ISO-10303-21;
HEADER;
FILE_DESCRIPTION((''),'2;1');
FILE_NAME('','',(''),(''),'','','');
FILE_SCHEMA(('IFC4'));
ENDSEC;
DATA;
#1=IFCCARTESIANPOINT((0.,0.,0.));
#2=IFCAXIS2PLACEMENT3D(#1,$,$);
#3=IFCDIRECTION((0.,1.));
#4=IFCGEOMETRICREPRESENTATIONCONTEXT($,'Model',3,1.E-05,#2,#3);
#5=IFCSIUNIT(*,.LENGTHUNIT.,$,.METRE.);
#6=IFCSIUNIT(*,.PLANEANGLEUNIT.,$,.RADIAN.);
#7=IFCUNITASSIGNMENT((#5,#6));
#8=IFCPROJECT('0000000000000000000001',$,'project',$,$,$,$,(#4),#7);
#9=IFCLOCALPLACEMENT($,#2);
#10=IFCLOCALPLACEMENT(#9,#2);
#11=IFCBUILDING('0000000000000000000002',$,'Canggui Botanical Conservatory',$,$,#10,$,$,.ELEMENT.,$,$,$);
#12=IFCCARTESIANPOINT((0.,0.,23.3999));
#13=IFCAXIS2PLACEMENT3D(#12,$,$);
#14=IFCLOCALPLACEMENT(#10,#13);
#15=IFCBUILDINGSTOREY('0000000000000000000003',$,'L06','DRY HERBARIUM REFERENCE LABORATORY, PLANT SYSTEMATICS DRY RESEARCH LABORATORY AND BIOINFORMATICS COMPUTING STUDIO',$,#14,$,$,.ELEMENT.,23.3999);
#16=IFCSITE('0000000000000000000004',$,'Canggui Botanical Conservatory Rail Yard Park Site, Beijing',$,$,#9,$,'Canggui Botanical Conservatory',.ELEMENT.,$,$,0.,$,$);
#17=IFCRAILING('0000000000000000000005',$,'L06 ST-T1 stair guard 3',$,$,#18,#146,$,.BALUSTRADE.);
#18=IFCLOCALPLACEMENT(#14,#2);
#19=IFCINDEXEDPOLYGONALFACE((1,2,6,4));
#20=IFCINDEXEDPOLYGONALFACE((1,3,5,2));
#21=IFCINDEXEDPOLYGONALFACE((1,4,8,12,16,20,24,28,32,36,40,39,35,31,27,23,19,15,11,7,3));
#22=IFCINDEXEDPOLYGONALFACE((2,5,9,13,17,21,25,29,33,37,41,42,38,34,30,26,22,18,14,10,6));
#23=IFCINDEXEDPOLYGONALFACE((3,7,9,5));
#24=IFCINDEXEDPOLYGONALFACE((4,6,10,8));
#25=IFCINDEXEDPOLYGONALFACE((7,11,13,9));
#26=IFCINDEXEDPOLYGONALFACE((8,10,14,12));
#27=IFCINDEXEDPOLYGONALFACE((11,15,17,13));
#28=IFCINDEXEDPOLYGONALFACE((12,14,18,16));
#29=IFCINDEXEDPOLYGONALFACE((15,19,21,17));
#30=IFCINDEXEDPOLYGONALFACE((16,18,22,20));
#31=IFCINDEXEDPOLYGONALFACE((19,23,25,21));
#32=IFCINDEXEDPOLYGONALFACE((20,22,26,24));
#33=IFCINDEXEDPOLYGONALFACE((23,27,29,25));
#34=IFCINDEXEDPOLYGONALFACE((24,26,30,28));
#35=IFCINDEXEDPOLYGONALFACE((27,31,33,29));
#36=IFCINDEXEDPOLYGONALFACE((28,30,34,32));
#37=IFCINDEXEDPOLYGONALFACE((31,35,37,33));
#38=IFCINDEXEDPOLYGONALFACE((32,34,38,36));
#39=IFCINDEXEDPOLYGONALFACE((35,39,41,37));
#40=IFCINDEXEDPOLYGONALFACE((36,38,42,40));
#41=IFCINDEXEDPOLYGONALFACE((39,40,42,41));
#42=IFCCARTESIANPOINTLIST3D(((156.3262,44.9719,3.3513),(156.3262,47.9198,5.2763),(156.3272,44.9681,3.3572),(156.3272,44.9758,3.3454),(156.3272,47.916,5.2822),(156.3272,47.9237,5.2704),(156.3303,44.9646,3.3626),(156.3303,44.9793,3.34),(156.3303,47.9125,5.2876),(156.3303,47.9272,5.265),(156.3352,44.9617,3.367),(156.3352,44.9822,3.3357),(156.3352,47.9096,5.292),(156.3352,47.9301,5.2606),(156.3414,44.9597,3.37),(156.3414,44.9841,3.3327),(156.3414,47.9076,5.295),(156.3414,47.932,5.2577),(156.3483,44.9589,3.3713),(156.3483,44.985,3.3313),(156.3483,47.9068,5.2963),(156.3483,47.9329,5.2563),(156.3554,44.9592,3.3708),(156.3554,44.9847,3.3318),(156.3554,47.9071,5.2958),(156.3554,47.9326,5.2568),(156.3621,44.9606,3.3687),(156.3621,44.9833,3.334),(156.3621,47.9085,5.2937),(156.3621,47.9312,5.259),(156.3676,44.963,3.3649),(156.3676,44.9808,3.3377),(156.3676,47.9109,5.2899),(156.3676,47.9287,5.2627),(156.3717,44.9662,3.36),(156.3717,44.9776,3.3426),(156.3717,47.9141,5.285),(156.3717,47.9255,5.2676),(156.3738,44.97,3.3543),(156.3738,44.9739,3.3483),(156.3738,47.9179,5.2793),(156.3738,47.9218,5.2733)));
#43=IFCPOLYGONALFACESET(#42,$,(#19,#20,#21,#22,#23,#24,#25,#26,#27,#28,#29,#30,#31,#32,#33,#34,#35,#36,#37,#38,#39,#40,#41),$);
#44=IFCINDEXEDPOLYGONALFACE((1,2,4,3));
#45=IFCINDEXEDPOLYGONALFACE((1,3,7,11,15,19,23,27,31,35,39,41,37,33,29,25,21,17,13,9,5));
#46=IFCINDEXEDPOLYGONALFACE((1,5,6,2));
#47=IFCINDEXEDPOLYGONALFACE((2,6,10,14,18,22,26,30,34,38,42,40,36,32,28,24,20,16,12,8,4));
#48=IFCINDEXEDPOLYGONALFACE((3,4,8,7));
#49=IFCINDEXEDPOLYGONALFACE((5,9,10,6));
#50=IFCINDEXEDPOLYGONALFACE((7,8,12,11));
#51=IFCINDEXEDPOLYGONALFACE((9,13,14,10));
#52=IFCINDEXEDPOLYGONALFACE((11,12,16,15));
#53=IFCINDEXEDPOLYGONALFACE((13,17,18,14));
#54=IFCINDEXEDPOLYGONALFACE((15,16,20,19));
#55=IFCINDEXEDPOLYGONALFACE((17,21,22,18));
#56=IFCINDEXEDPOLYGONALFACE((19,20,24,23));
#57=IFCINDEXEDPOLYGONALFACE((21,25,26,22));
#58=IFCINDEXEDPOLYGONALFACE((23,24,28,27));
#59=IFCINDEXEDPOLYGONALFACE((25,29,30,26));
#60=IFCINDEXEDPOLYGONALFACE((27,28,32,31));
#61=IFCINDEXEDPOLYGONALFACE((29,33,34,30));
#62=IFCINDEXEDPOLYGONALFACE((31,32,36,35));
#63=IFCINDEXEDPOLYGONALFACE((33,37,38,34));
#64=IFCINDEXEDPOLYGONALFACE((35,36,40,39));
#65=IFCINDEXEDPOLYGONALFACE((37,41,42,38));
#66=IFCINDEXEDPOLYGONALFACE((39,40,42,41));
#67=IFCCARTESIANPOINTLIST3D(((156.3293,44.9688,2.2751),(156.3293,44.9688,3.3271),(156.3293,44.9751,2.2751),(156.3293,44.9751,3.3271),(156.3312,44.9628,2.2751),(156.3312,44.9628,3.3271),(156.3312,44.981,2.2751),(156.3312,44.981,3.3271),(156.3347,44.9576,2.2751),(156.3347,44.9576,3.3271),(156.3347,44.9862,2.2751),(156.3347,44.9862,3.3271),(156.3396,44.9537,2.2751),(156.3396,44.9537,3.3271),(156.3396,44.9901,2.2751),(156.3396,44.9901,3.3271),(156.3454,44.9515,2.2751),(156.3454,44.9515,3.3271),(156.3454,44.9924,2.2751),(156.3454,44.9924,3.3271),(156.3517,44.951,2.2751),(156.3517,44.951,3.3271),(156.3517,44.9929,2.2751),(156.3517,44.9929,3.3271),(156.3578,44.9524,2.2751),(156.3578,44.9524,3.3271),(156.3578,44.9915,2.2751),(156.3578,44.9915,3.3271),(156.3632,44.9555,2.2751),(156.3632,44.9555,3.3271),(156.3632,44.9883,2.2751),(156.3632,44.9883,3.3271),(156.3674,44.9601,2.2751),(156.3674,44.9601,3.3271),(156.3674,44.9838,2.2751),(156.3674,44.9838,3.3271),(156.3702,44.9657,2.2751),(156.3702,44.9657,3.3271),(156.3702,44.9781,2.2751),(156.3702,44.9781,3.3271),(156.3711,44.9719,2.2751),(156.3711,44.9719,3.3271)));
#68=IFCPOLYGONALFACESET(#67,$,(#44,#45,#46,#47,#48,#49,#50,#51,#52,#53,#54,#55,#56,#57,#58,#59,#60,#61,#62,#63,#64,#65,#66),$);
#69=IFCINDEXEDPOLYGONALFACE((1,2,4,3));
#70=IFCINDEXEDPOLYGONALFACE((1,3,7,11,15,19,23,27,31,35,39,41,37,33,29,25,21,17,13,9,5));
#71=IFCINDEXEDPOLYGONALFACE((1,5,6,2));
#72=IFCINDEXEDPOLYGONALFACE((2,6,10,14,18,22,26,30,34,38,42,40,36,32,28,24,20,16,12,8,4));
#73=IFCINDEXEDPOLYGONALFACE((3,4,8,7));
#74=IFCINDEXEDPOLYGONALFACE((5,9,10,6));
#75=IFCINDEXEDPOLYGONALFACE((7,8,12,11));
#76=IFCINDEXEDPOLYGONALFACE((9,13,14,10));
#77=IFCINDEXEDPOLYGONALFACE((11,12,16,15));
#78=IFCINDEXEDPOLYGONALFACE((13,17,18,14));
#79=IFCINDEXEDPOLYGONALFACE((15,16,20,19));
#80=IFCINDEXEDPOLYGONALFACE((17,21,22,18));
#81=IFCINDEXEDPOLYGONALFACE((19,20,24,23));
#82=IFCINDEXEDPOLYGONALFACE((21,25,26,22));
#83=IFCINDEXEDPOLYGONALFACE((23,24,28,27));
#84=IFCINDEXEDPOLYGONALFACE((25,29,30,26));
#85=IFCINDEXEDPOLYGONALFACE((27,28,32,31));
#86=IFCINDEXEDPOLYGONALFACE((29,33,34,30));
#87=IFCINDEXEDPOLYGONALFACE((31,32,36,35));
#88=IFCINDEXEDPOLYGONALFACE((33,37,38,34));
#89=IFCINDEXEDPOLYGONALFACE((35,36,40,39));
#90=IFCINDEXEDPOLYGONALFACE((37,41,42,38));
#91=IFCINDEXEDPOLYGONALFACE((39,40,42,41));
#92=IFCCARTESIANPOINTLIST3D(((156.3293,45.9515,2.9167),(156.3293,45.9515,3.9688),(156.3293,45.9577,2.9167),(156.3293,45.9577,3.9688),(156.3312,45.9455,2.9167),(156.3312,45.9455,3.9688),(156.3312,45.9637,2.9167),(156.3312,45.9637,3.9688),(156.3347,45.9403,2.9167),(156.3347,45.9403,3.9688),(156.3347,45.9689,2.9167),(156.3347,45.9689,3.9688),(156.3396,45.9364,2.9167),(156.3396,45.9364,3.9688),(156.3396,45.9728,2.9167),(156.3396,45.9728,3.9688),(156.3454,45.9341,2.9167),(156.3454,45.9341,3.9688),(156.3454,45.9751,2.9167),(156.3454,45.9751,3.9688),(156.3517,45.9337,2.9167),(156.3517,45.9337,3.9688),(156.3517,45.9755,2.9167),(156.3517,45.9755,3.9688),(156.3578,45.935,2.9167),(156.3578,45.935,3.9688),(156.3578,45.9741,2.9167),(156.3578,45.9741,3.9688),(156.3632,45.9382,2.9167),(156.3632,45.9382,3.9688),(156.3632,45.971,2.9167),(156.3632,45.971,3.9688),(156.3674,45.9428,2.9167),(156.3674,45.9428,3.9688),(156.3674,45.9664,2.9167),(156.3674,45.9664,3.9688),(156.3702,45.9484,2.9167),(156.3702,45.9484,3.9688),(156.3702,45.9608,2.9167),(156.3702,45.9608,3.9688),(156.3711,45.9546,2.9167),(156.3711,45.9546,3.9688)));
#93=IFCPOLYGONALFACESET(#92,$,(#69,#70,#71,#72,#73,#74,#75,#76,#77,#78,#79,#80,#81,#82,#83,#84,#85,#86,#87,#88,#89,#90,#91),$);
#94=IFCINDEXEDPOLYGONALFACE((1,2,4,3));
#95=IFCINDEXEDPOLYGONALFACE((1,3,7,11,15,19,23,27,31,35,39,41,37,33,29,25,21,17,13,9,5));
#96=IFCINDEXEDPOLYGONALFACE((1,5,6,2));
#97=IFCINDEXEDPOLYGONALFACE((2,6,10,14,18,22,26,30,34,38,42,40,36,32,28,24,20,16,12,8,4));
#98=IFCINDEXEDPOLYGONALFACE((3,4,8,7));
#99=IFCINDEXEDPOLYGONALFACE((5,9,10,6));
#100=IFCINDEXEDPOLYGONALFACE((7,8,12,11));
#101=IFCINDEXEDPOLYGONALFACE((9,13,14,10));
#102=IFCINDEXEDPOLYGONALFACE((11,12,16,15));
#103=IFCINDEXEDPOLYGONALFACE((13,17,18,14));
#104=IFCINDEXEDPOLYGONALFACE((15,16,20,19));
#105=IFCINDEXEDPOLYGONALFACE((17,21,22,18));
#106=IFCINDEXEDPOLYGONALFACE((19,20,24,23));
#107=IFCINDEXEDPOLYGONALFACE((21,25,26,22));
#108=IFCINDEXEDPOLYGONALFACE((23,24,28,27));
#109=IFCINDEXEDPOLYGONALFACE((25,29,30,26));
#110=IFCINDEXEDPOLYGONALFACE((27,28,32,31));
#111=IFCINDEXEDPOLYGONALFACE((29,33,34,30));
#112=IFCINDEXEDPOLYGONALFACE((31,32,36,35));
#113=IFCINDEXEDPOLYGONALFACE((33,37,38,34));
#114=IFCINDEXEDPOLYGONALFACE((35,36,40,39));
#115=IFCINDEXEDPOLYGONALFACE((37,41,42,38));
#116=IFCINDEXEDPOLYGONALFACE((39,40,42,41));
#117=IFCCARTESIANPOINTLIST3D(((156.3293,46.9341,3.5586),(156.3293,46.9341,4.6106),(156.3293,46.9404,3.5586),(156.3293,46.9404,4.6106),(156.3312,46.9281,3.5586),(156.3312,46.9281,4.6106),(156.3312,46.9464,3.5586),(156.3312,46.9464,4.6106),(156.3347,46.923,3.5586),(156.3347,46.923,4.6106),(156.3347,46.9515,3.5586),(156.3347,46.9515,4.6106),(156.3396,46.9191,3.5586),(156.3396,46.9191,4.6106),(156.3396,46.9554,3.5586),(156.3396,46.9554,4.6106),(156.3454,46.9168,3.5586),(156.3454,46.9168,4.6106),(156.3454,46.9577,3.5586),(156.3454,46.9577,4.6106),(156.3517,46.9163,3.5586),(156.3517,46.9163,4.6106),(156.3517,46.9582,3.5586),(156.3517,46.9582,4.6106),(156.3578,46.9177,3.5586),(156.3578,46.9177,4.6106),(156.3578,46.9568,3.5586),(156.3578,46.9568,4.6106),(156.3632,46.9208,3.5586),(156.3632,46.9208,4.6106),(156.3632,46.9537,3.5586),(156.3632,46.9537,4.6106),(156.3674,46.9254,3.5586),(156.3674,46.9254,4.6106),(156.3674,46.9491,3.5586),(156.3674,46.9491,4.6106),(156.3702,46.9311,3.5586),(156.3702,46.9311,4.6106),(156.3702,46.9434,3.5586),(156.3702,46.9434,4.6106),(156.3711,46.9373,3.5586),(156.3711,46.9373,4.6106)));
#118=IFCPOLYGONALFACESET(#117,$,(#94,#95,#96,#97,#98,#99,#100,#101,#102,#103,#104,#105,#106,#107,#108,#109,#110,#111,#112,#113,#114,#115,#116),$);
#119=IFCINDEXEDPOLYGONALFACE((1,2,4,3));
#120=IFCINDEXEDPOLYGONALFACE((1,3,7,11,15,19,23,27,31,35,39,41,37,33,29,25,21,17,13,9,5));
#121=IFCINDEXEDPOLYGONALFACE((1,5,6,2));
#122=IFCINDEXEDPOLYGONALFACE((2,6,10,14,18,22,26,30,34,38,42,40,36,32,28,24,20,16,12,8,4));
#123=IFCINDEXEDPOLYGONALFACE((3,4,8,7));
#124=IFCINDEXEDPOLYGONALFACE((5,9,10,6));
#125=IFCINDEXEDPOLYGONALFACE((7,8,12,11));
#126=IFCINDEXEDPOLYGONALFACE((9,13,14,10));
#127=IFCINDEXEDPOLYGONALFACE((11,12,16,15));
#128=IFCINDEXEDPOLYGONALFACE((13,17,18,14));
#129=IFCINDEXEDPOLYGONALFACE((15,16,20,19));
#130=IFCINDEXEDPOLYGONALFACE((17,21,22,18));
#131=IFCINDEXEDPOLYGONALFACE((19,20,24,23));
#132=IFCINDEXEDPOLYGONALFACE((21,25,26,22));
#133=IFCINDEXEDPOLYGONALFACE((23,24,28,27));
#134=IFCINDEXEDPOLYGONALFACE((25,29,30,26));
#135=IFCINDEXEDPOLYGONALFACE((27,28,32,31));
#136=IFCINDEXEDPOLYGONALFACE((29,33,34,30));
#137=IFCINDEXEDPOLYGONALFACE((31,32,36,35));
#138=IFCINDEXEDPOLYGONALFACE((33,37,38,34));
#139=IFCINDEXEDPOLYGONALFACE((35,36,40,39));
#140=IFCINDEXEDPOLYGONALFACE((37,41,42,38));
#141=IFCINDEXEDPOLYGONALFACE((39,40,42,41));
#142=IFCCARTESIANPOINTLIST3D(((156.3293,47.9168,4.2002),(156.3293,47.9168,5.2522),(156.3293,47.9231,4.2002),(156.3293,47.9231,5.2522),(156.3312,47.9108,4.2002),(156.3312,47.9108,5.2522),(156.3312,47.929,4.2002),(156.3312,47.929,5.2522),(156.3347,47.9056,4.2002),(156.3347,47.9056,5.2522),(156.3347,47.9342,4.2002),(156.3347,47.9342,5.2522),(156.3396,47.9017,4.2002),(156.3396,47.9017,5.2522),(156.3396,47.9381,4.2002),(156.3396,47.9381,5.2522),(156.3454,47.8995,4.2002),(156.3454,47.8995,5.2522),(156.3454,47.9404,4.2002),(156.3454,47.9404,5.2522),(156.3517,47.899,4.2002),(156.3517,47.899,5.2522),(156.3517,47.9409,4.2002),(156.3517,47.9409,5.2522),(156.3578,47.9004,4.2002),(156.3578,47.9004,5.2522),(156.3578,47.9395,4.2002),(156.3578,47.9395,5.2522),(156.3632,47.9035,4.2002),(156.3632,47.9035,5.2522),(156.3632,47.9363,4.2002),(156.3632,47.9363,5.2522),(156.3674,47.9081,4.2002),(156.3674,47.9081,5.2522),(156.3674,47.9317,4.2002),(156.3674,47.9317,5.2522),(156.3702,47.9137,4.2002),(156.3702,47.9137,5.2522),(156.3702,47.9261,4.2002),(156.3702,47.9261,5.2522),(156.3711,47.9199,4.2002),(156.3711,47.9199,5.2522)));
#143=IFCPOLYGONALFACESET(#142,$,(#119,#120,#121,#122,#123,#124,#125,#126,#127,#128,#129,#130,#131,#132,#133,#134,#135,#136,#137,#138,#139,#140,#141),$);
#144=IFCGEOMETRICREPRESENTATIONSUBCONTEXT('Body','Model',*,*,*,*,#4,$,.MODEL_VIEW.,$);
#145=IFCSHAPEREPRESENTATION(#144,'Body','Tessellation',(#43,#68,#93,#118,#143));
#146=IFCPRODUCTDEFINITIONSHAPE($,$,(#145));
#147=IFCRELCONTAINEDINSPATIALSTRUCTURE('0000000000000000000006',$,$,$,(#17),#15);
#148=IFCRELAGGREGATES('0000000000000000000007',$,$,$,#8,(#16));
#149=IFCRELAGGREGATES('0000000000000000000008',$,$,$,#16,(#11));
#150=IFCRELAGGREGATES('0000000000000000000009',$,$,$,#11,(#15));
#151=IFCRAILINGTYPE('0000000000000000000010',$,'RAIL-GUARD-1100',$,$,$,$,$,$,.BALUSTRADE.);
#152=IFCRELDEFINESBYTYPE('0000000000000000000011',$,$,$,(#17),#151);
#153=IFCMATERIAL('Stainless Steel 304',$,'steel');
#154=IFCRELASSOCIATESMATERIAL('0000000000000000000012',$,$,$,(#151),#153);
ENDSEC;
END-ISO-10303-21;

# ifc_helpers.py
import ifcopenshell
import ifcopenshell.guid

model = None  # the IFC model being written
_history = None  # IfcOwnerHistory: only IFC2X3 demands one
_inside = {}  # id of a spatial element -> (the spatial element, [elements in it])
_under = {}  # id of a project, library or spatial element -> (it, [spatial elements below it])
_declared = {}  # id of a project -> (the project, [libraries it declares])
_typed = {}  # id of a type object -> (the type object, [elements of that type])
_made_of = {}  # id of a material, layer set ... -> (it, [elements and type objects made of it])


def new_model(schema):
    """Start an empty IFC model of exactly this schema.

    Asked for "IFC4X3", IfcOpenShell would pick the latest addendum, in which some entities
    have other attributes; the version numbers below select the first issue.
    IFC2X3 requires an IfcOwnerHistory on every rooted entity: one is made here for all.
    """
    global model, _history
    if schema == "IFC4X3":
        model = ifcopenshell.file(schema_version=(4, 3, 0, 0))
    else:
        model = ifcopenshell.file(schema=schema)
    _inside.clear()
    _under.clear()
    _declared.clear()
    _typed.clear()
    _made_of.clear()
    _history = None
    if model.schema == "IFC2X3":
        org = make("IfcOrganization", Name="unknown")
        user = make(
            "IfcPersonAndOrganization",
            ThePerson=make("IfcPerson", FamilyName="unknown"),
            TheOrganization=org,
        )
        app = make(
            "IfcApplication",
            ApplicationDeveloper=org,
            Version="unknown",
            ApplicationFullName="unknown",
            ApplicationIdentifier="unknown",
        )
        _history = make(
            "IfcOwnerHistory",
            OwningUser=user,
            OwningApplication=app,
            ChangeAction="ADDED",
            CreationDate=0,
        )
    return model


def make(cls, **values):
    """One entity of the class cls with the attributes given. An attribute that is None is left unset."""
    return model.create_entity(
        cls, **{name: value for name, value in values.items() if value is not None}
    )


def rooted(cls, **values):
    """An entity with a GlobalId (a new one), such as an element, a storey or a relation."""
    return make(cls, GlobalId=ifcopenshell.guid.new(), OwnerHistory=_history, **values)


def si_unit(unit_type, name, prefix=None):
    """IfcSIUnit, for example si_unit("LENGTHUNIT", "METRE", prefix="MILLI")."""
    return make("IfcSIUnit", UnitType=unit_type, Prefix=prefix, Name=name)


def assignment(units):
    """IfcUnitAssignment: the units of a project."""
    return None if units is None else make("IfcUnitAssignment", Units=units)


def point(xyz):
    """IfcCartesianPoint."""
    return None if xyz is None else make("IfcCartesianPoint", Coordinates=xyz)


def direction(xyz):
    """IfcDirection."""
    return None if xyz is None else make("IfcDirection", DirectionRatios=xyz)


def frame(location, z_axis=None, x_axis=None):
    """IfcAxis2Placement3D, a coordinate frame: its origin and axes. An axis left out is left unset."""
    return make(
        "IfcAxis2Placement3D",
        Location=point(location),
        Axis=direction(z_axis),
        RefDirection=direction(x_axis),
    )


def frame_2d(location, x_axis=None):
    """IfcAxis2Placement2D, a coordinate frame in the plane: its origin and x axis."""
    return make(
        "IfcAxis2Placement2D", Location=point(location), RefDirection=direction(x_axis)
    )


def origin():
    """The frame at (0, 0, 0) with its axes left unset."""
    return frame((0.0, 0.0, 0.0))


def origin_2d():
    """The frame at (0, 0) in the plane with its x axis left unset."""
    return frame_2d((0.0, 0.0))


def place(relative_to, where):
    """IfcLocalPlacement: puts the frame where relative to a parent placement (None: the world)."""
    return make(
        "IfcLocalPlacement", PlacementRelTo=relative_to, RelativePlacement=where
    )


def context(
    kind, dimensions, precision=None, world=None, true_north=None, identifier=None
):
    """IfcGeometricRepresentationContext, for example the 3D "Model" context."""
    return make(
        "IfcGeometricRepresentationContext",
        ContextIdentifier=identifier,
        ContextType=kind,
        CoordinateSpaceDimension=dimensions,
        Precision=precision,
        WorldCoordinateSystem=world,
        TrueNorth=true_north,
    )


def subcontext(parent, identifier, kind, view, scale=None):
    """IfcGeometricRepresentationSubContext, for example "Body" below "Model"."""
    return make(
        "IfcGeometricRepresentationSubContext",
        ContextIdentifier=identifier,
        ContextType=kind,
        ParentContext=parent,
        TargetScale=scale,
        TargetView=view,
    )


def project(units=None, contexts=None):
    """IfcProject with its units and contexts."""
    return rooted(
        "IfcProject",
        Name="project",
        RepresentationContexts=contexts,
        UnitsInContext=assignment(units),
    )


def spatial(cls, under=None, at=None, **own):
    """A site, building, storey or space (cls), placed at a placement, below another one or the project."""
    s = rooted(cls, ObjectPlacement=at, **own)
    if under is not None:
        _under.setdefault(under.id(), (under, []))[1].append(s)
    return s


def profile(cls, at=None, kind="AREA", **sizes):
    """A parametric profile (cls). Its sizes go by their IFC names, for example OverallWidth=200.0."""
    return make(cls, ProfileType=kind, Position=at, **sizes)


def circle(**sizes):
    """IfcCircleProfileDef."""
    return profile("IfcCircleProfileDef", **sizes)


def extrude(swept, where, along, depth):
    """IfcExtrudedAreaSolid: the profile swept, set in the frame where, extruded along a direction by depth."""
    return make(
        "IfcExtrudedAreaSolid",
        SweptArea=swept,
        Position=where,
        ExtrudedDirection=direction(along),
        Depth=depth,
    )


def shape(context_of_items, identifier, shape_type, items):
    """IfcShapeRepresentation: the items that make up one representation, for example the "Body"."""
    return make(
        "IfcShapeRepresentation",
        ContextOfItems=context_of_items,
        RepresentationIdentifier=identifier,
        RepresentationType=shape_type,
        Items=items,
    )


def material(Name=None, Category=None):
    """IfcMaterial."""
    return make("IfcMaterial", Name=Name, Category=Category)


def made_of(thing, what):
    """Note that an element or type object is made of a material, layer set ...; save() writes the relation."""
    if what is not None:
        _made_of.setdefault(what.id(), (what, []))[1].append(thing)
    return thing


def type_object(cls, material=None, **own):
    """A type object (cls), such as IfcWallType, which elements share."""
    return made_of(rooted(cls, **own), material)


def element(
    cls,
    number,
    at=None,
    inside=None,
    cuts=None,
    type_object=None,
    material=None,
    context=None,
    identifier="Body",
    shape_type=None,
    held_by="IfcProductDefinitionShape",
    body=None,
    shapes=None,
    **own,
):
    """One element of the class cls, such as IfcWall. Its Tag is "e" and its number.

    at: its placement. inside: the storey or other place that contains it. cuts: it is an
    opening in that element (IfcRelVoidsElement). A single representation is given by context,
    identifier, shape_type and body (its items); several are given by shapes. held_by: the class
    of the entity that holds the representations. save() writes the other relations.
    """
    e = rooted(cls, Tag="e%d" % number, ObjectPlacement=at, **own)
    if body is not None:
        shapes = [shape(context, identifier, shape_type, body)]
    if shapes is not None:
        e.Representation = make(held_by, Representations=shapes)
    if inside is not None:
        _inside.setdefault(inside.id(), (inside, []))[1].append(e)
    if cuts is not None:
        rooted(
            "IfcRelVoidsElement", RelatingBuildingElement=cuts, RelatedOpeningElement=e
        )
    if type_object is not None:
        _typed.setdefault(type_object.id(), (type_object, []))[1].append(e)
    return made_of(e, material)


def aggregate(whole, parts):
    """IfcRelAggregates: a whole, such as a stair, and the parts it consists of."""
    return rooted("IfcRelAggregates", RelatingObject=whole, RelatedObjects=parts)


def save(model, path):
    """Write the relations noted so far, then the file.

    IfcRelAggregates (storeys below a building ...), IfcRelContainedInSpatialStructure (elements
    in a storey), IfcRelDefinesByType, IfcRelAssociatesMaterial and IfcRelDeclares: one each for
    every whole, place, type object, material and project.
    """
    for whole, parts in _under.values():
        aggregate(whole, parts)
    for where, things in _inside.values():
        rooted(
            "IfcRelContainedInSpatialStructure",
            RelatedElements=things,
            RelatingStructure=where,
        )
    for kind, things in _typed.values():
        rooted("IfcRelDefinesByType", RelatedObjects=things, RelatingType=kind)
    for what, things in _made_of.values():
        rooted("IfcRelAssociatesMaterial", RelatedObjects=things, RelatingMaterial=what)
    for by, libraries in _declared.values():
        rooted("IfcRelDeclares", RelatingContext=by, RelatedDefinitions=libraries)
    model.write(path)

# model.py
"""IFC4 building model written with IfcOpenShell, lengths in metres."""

from ifc_helpers import new_model, si_unit, direction, frame, origin, origin_2d, place, context, subcontext, project, spatial, circle, extrude, material, type_object, element, save


model = new_model("IFC4")

# Units and contexts
model_context = context("Model", 3, precision=1e-05, world=origin(), true_north=direction((0.0, 1.0)))
body_context = subcontext(model_context, "Body", "Model", "MODEL_VIEW")
ifc_project = project(units=[si_unit("LENGTHUNIT", "METRE"), si_unit("PLANEANGLEUNIT", "RADIAN")], contexts=[model_context])

# Site, building, storey
site_placement = place(None, origin())
site = spatial("IfcSite", under=ifc_project, at=site_placement, Name="Canggui Botanical Conservatory Rail Yard Park Site, Beijing", LongName="Canggui Botanical Conservatory", CompositionType="ELEMENT", RefElevation=0.0)
building_placement = place(site_placement, origin())
building = spatial("IfcBuilding", under=site, at=building_placement, Name="Canggui Botanical Conservatory", CompositionType="ELEMENT")
storey_placement = place(building_placement, frame((0.0, 0.0, 23.3999)))
storey = spatial("IfcBuildingStorey", under=building, at=storey_placement, Name="L06", Description="DRY HERBARIUM REFERENCE LABORATORY, PLANT SYSTEMATICS DRY RESEARCH LABORATORY AND BIOINFORMATICS COMPUTING STUDIO", CompositionType="ELEMENT", Elevation=23.3999)

# Shared definitions
ifc_material_1 = material(Name="Stainless Steel 304", Category="steel")

# Railing
railing_type_1 = type_object("IfcRailingType", Name="RAIL-GUARD-1100", PredefinedType="BALUSTRADE", material=ifc_material_1)
railing_1_placement = place(storey_placement, frame((156.3501, 44.9719, 2.2751)))
element("IfcRailing", 1, at=railing_1_placement, inside=storey, type_object=railing_type_1, Name="L06 ST-T1 stair guard 3", PredefinedType="BALUSTRADE", context=body_context, shape_type="SweptSolid", body=[
    extrude(circle(Radius=0.0239, at=origin_2d()), frame((0.0, 0.0, 1.0762), z_axis=(0.0, 0.837293, 0.546754), x_axis=(-1.0, 0.0, 0.0)), (0.0, 0.0, 1.0), 3.5208),
    extrude(circle(Radius=0.021, at=origin_2d()), origin(), (0.0, 0.0, 1.0), 1.052),
    extrude(circle(Radius=0.021, at=origin_2d()), frame((0.0, 0.9827, 0.6416)), (0.0, 0.0, 1.0), 1.052),
    extrude(circle(Radius=0.021, at=origin_2d()), frame((0.0, 1.9653, 1.2834)), (0.0, 0.0, 1.0), 1.052),
    extrude(circle(Radius=0.021, at=origin_2d()), frame((0.0, 2.948, 1.925)), (0.0, 0.0, 1.0), 1.052),
])

save(model, "model.ifc")
